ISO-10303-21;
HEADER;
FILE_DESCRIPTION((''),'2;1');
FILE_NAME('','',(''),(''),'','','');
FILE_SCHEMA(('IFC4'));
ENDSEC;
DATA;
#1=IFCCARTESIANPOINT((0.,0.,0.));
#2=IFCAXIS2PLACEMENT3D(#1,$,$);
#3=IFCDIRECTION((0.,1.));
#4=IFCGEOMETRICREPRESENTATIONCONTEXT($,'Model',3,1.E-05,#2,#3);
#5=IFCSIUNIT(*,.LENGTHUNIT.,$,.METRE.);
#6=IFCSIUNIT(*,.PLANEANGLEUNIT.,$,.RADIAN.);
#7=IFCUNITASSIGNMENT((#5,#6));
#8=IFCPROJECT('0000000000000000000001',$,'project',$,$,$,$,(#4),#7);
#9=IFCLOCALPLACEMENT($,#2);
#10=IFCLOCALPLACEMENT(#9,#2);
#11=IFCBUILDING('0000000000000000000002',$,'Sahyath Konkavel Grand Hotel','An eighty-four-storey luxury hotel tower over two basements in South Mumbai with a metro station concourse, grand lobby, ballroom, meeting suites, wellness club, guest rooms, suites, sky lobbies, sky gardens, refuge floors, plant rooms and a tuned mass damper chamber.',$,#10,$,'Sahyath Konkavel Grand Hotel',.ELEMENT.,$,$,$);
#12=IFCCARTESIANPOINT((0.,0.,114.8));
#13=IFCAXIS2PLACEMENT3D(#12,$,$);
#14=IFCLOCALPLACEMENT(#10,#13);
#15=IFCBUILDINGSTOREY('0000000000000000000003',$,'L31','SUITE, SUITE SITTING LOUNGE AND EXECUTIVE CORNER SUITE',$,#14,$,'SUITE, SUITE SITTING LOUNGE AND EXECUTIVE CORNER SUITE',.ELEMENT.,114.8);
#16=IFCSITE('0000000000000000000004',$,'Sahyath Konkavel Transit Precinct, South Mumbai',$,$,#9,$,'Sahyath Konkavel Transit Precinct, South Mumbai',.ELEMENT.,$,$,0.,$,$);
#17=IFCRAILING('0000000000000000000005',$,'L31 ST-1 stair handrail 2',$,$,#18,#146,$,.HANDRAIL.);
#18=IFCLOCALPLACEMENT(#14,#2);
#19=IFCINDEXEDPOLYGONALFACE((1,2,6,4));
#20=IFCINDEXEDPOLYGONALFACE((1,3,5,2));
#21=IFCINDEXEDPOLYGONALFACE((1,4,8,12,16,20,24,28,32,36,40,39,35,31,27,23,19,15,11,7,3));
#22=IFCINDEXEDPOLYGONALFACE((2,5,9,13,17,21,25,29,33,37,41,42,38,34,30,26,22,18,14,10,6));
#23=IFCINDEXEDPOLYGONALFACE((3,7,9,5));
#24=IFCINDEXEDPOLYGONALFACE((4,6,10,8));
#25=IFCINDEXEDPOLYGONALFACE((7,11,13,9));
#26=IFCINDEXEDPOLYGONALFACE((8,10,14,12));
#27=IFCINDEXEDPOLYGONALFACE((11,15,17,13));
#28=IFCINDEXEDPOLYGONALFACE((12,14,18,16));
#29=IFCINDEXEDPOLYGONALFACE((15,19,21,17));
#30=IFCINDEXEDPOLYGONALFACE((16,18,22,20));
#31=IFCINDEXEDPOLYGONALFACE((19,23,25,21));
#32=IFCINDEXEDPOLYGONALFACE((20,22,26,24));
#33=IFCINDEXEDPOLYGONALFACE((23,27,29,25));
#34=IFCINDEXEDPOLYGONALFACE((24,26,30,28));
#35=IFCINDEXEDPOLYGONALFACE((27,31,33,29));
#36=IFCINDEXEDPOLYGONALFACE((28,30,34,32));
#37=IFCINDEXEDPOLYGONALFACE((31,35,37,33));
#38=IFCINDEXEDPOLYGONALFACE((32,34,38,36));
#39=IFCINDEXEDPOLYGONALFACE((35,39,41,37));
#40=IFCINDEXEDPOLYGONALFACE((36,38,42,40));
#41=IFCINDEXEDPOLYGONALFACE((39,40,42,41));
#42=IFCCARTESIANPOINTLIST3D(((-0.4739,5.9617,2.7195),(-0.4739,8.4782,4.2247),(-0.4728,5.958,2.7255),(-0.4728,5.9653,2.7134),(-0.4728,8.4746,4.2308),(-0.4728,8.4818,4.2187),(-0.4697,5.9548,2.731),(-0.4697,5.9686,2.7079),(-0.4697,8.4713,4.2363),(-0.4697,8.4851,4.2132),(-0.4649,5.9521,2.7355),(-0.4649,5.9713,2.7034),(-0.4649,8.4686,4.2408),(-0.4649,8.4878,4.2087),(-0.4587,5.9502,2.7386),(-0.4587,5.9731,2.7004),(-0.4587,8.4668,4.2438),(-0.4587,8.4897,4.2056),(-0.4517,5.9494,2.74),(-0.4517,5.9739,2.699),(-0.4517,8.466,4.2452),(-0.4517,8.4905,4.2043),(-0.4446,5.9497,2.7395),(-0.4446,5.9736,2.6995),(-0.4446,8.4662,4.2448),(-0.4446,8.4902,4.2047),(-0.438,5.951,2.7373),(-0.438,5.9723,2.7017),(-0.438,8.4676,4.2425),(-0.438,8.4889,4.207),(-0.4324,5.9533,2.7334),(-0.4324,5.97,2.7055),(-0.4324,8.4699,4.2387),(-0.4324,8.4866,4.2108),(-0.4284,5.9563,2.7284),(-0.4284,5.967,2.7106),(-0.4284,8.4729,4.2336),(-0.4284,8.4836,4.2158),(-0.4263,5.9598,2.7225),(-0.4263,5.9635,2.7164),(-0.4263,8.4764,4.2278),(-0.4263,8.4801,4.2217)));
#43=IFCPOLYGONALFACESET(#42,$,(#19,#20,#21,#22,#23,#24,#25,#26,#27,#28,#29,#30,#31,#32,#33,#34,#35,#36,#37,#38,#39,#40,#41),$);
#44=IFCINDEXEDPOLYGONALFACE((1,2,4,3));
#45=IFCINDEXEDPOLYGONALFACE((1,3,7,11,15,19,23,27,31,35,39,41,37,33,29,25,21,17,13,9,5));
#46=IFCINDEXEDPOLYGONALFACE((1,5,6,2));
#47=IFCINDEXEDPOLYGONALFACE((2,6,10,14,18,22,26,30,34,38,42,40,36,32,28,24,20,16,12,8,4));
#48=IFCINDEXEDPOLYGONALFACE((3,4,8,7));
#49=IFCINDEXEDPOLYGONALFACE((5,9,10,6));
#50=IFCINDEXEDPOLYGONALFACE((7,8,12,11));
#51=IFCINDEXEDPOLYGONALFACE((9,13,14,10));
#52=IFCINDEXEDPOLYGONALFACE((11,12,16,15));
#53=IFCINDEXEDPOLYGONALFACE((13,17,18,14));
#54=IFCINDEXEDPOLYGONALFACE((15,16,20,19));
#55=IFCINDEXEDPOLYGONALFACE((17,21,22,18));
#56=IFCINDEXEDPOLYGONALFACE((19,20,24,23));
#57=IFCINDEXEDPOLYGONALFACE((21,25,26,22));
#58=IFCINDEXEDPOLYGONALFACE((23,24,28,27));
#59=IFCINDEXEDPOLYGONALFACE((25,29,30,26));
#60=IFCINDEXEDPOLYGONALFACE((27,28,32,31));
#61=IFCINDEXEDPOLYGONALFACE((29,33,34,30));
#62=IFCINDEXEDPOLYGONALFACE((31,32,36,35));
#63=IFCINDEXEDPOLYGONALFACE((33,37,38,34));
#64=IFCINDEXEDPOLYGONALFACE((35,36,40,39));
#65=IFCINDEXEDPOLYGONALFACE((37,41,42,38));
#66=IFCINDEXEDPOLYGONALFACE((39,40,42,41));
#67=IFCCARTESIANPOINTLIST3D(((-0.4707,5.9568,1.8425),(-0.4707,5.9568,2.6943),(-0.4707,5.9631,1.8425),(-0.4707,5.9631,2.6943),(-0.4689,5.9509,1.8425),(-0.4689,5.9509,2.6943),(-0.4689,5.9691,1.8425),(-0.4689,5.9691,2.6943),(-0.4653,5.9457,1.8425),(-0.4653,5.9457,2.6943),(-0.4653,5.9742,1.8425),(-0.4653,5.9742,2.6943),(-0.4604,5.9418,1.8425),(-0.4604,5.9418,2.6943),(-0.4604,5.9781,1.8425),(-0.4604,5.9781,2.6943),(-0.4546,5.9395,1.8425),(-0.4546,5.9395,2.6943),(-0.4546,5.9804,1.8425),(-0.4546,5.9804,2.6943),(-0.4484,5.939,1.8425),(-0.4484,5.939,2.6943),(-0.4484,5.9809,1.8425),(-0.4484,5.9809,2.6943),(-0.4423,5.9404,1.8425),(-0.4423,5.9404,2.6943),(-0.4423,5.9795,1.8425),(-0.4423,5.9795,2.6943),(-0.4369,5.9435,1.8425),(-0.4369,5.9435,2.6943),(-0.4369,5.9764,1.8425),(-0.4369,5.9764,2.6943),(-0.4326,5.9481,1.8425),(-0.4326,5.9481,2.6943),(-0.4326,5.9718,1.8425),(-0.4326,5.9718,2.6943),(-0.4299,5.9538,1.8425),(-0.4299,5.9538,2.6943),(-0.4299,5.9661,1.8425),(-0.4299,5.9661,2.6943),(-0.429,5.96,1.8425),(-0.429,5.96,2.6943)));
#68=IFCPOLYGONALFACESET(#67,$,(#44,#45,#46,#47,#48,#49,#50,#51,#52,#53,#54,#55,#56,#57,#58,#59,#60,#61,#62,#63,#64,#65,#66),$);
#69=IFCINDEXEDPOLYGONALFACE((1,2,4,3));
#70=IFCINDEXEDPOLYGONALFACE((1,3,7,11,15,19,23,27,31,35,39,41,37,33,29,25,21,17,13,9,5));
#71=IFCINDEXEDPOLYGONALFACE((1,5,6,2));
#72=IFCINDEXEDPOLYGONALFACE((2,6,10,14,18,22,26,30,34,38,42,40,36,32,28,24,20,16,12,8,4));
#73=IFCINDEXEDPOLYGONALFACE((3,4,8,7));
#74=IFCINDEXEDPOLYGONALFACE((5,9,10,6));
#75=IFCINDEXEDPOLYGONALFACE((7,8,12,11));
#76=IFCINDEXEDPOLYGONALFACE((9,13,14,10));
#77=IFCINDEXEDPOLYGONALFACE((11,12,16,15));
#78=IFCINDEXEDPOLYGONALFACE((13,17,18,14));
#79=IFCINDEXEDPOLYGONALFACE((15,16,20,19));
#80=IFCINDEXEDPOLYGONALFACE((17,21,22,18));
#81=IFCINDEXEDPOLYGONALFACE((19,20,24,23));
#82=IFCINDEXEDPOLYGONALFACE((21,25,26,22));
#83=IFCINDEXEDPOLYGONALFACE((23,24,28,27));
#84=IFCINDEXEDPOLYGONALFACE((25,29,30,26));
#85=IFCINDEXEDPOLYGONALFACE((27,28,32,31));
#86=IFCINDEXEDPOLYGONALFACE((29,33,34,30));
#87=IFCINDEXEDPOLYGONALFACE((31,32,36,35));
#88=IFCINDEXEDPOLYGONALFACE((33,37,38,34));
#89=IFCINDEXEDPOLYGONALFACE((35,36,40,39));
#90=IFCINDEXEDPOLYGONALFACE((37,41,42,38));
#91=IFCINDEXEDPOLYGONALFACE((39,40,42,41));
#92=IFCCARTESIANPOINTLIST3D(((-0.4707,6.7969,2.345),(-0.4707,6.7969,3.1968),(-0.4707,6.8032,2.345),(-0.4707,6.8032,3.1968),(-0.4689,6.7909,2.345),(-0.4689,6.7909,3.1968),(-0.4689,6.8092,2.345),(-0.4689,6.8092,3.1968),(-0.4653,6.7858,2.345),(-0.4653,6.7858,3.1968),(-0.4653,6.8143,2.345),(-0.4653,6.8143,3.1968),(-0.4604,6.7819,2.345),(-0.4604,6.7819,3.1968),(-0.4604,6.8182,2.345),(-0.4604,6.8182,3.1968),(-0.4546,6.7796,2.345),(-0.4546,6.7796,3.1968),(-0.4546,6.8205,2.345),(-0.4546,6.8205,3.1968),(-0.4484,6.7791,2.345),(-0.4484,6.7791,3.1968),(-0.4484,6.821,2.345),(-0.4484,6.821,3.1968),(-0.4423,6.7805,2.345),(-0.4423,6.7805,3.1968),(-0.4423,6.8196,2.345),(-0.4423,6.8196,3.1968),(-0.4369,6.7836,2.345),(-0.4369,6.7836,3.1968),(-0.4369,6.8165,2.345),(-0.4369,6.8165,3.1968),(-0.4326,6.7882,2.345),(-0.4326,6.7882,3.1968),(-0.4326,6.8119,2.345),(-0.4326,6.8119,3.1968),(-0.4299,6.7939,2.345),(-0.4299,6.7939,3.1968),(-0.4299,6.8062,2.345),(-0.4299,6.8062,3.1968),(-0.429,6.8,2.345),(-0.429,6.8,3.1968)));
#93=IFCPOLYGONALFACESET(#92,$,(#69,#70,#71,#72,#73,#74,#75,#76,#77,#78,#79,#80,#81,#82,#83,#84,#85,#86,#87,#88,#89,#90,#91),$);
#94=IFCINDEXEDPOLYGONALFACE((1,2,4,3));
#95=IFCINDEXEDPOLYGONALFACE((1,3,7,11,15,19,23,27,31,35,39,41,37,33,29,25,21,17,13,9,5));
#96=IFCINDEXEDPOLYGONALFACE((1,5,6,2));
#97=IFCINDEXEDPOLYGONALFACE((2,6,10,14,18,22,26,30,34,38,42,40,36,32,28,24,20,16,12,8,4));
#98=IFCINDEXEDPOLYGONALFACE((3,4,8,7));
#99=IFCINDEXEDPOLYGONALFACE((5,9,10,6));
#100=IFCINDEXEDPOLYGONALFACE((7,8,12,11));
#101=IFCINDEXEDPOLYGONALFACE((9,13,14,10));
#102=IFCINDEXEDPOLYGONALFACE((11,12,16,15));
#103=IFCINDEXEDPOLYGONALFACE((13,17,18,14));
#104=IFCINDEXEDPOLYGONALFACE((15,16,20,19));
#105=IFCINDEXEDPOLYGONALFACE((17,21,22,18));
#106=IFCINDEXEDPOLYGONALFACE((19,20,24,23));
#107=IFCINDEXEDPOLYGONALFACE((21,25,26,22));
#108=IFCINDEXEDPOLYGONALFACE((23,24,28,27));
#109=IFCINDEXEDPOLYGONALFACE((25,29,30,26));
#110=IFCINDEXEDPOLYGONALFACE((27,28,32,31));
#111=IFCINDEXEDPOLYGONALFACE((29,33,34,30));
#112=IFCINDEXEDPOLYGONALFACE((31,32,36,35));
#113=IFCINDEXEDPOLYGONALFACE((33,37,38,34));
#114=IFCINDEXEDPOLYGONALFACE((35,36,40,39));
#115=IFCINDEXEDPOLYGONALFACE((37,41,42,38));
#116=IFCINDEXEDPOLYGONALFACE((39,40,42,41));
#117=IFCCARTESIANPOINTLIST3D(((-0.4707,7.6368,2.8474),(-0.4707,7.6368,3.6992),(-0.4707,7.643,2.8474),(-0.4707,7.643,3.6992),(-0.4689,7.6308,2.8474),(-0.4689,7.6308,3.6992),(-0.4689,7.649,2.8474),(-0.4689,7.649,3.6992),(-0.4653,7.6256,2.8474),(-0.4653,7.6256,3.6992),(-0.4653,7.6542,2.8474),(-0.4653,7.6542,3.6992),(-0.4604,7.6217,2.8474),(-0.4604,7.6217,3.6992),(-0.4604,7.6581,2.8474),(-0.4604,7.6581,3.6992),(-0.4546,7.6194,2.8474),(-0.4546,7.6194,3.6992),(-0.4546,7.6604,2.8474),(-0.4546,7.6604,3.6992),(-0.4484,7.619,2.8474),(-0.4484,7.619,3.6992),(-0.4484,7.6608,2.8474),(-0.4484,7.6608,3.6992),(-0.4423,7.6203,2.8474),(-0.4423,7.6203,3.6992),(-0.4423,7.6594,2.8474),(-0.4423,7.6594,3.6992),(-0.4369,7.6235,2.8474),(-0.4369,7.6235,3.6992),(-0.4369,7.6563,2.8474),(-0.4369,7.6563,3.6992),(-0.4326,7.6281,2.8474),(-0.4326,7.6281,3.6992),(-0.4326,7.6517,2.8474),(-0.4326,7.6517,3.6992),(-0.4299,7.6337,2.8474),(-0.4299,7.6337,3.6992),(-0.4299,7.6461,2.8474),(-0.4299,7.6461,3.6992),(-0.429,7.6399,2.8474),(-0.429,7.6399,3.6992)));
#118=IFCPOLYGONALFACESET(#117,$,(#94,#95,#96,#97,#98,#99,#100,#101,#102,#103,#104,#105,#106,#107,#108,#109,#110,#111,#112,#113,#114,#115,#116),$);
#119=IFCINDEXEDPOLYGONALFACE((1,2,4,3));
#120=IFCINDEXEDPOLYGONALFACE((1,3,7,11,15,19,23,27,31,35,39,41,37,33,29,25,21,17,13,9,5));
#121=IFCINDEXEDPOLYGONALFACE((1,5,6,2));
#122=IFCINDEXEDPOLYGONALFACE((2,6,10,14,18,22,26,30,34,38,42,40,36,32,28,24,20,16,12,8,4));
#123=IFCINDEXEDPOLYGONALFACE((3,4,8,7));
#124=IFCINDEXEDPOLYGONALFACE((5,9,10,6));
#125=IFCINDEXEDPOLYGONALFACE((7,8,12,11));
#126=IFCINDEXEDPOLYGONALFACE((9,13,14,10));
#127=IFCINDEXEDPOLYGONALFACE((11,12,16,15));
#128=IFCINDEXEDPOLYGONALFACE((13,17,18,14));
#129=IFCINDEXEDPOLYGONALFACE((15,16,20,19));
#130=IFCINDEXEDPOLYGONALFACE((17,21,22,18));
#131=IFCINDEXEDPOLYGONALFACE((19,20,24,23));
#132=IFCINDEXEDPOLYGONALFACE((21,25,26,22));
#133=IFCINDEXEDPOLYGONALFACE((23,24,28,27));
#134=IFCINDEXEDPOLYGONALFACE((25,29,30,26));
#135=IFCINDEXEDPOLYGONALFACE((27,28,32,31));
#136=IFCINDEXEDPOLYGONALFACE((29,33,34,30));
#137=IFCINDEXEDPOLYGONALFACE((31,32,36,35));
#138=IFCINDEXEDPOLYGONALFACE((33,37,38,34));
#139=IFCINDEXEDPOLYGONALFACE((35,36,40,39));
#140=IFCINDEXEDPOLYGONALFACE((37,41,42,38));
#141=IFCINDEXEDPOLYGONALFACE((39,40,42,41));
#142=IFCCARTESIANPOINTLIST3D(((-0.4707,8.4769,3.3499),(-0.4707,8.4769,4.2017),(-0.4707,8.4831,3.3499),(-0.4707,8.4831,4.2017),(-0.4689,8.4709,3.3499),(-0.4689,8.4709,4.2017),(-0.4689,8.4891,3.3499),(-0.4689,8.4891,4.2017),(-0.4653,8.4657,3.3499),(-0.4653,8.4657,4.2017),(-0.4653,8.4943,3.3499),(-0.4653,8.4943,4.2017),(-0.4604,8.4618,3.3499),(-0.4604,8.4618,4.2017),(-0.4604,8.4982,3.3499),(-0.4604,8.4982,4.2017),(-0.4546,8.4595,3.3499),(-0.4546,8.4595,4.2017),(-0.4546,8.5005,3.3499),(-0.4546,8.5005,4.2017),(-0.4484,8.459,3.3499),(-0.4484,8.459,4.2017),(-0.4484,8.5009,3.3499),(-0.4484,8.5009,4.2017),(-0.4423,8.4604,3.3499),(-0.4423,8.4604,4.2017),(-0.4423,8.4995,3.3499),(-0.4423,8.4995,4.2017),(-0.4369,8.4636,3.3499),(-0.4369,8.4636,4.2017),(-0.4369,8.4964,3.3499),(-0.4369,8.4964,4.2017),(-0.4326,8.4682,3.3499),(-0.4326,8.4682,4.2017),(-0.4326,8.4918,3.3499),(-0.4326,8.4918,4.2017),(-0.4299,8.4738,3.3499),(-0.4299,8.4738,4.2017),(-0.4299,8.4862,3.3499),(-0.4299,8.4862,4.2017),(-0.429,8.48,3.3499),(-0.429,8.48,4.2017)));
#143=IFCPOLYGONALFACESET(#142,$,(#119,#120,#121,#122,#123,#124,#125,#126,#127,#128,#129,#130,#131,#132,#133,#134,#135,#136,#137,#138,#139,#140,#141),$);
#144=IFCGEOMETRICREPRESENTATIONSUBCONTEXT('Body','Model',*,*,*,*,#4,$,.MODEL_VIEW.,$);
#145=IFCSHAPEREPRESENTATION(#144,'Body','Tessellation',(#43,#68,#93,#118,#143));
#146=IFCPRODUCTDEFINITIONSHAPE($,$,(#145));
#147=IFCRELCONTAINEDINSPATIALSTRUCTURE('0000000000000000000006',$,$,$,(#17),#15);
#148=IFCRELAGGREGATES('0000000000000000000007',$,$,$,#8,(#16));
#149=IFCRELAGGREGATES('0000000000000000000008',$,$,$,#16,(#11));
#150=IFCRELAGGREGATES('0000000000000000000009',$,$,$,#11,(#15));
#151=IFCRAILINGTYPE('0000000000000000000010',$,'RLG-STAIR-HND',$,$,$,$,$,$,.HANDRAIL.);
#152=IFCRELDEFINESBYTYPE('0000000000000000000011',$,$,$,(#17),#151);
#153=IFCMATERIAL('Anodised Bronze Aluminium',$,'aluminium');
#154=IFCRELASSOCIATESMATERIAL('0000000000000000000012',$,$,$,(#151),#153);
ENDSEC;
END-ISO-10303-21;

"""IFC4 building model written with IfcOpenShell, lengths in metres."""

from ifc_helpers import new_model, si_unit, direction, frame, origin, origin_2d, place, context, subcontext, project, spatial, circle, extrude, material, type_object, element, save


model = new_model("IFC4")

# Units and contexts
model_context = context("Model", 3, precision=1e-05, world=origin(), true_north=direction((0.0, 1.0)))
body_context = subcontext(model_context, "Body", "Model", "MODEL_VIEW")
ifc_project = project(units=[si_unit("LENGTHUNIT", "METRE"), si_unit("PLANEANGLEUNIT", "RADIAN")], contexts=[model_context])

# Site, building, storey
site_placement = place(None, origin())
site = spatial("IfcSite", under=ifc_project, at=site_placement, Name="Sahyath Konkavel Transit Precinct, South Mumbai", LongName="Sahyath Konkavel Transit Precinct, South Mumbai", CompositionType="ELEMENT", RefElevation=0.0)
building_placement = place(site_placement, origin())
building = spatial("IfcBuilding", under=site, at=building_placement, Name="Sahyath Konkavel Grand Hotel", Description="An eighty-four-storey luxury hotel tower over two basements in South Mumbai with a metro station concourse, grand lobby, ballroom, meeting suites, wellness club, guest rooms, suites, sky lobbies, sky gardens, refuge floors, plant rooms and a tuned mass damper chamber.", LongName="Sahyath Konkavel Grand Hotel", CompositionType="ELEMENT")
storey_placement = place(building_placement, frame((0.0, 0.0, 114.8)))
storey = spatial("IfcBuildingStorey", under=building, at=storey_placement, Name="L31", Description="SUITE, SUITE SITTING LOUNGE AND EXECUTIVE CORNER SUITE", LongName="SUITE, SUITE SITTING LOUNGE AND EXECUTIVE CORNER SUITE", CompositionType="ELEMENT", Elevation=114.8)

# Shared definitions
ifc_material_1 = material(Name="Anodised Bronze Aluminium", Category="aluminium")

# Railing
railing_type_1 = type_object("IfcRailingType", Name="RLG-STAIR-HND", PredefinedType="HANDRAIL", material=ifc_material_1)
railing_1_placement = place(storey_placement, frame((-0.45, 5.96, 1.8425)))
element("IfcRailing", 1, at=railing_1_placement, inside=storey, type_object=railing_type_1, Name="L31 ST-1 stair handrail 2", PredefinedType="HANDRAIL", context=body_context, shape_type="SweptSolid", body=[
    extrude(circle(Radius=0.0239, at=origin_2d()), frame((0.0, 0.0017, 0.877), z_axis=(0.0, 0.858196, 0.513321), x_axis=(-1.0, 0.0, 0.0)), (0.0, 0.0, 1.0), 2.9324),
    extrude(circle(Radius=0.021, at=origin_2d()), origin(), (0.0, 0.0, 1.0), 0.8518),
    extrude(circle(Radius=0.021, at=origin_2d()), frame((0.0, 0.8401, 0.5024)), (0.0, 0.0, 1.0), 0.8518),
    extrude(circle(Radius=0.021, at=origin_2d()), frame((0.0, 1.6799, 1.0049)), (0.0, 0.0, 1.0), 0.8518),
    extrude(circle(Radius=0.021, at=origin_2d()), frame((0.0, 2.52, 1.5073)), (0.0, 0.0, 1.0), 0.8518),
])

save(model, "model.ifc")
